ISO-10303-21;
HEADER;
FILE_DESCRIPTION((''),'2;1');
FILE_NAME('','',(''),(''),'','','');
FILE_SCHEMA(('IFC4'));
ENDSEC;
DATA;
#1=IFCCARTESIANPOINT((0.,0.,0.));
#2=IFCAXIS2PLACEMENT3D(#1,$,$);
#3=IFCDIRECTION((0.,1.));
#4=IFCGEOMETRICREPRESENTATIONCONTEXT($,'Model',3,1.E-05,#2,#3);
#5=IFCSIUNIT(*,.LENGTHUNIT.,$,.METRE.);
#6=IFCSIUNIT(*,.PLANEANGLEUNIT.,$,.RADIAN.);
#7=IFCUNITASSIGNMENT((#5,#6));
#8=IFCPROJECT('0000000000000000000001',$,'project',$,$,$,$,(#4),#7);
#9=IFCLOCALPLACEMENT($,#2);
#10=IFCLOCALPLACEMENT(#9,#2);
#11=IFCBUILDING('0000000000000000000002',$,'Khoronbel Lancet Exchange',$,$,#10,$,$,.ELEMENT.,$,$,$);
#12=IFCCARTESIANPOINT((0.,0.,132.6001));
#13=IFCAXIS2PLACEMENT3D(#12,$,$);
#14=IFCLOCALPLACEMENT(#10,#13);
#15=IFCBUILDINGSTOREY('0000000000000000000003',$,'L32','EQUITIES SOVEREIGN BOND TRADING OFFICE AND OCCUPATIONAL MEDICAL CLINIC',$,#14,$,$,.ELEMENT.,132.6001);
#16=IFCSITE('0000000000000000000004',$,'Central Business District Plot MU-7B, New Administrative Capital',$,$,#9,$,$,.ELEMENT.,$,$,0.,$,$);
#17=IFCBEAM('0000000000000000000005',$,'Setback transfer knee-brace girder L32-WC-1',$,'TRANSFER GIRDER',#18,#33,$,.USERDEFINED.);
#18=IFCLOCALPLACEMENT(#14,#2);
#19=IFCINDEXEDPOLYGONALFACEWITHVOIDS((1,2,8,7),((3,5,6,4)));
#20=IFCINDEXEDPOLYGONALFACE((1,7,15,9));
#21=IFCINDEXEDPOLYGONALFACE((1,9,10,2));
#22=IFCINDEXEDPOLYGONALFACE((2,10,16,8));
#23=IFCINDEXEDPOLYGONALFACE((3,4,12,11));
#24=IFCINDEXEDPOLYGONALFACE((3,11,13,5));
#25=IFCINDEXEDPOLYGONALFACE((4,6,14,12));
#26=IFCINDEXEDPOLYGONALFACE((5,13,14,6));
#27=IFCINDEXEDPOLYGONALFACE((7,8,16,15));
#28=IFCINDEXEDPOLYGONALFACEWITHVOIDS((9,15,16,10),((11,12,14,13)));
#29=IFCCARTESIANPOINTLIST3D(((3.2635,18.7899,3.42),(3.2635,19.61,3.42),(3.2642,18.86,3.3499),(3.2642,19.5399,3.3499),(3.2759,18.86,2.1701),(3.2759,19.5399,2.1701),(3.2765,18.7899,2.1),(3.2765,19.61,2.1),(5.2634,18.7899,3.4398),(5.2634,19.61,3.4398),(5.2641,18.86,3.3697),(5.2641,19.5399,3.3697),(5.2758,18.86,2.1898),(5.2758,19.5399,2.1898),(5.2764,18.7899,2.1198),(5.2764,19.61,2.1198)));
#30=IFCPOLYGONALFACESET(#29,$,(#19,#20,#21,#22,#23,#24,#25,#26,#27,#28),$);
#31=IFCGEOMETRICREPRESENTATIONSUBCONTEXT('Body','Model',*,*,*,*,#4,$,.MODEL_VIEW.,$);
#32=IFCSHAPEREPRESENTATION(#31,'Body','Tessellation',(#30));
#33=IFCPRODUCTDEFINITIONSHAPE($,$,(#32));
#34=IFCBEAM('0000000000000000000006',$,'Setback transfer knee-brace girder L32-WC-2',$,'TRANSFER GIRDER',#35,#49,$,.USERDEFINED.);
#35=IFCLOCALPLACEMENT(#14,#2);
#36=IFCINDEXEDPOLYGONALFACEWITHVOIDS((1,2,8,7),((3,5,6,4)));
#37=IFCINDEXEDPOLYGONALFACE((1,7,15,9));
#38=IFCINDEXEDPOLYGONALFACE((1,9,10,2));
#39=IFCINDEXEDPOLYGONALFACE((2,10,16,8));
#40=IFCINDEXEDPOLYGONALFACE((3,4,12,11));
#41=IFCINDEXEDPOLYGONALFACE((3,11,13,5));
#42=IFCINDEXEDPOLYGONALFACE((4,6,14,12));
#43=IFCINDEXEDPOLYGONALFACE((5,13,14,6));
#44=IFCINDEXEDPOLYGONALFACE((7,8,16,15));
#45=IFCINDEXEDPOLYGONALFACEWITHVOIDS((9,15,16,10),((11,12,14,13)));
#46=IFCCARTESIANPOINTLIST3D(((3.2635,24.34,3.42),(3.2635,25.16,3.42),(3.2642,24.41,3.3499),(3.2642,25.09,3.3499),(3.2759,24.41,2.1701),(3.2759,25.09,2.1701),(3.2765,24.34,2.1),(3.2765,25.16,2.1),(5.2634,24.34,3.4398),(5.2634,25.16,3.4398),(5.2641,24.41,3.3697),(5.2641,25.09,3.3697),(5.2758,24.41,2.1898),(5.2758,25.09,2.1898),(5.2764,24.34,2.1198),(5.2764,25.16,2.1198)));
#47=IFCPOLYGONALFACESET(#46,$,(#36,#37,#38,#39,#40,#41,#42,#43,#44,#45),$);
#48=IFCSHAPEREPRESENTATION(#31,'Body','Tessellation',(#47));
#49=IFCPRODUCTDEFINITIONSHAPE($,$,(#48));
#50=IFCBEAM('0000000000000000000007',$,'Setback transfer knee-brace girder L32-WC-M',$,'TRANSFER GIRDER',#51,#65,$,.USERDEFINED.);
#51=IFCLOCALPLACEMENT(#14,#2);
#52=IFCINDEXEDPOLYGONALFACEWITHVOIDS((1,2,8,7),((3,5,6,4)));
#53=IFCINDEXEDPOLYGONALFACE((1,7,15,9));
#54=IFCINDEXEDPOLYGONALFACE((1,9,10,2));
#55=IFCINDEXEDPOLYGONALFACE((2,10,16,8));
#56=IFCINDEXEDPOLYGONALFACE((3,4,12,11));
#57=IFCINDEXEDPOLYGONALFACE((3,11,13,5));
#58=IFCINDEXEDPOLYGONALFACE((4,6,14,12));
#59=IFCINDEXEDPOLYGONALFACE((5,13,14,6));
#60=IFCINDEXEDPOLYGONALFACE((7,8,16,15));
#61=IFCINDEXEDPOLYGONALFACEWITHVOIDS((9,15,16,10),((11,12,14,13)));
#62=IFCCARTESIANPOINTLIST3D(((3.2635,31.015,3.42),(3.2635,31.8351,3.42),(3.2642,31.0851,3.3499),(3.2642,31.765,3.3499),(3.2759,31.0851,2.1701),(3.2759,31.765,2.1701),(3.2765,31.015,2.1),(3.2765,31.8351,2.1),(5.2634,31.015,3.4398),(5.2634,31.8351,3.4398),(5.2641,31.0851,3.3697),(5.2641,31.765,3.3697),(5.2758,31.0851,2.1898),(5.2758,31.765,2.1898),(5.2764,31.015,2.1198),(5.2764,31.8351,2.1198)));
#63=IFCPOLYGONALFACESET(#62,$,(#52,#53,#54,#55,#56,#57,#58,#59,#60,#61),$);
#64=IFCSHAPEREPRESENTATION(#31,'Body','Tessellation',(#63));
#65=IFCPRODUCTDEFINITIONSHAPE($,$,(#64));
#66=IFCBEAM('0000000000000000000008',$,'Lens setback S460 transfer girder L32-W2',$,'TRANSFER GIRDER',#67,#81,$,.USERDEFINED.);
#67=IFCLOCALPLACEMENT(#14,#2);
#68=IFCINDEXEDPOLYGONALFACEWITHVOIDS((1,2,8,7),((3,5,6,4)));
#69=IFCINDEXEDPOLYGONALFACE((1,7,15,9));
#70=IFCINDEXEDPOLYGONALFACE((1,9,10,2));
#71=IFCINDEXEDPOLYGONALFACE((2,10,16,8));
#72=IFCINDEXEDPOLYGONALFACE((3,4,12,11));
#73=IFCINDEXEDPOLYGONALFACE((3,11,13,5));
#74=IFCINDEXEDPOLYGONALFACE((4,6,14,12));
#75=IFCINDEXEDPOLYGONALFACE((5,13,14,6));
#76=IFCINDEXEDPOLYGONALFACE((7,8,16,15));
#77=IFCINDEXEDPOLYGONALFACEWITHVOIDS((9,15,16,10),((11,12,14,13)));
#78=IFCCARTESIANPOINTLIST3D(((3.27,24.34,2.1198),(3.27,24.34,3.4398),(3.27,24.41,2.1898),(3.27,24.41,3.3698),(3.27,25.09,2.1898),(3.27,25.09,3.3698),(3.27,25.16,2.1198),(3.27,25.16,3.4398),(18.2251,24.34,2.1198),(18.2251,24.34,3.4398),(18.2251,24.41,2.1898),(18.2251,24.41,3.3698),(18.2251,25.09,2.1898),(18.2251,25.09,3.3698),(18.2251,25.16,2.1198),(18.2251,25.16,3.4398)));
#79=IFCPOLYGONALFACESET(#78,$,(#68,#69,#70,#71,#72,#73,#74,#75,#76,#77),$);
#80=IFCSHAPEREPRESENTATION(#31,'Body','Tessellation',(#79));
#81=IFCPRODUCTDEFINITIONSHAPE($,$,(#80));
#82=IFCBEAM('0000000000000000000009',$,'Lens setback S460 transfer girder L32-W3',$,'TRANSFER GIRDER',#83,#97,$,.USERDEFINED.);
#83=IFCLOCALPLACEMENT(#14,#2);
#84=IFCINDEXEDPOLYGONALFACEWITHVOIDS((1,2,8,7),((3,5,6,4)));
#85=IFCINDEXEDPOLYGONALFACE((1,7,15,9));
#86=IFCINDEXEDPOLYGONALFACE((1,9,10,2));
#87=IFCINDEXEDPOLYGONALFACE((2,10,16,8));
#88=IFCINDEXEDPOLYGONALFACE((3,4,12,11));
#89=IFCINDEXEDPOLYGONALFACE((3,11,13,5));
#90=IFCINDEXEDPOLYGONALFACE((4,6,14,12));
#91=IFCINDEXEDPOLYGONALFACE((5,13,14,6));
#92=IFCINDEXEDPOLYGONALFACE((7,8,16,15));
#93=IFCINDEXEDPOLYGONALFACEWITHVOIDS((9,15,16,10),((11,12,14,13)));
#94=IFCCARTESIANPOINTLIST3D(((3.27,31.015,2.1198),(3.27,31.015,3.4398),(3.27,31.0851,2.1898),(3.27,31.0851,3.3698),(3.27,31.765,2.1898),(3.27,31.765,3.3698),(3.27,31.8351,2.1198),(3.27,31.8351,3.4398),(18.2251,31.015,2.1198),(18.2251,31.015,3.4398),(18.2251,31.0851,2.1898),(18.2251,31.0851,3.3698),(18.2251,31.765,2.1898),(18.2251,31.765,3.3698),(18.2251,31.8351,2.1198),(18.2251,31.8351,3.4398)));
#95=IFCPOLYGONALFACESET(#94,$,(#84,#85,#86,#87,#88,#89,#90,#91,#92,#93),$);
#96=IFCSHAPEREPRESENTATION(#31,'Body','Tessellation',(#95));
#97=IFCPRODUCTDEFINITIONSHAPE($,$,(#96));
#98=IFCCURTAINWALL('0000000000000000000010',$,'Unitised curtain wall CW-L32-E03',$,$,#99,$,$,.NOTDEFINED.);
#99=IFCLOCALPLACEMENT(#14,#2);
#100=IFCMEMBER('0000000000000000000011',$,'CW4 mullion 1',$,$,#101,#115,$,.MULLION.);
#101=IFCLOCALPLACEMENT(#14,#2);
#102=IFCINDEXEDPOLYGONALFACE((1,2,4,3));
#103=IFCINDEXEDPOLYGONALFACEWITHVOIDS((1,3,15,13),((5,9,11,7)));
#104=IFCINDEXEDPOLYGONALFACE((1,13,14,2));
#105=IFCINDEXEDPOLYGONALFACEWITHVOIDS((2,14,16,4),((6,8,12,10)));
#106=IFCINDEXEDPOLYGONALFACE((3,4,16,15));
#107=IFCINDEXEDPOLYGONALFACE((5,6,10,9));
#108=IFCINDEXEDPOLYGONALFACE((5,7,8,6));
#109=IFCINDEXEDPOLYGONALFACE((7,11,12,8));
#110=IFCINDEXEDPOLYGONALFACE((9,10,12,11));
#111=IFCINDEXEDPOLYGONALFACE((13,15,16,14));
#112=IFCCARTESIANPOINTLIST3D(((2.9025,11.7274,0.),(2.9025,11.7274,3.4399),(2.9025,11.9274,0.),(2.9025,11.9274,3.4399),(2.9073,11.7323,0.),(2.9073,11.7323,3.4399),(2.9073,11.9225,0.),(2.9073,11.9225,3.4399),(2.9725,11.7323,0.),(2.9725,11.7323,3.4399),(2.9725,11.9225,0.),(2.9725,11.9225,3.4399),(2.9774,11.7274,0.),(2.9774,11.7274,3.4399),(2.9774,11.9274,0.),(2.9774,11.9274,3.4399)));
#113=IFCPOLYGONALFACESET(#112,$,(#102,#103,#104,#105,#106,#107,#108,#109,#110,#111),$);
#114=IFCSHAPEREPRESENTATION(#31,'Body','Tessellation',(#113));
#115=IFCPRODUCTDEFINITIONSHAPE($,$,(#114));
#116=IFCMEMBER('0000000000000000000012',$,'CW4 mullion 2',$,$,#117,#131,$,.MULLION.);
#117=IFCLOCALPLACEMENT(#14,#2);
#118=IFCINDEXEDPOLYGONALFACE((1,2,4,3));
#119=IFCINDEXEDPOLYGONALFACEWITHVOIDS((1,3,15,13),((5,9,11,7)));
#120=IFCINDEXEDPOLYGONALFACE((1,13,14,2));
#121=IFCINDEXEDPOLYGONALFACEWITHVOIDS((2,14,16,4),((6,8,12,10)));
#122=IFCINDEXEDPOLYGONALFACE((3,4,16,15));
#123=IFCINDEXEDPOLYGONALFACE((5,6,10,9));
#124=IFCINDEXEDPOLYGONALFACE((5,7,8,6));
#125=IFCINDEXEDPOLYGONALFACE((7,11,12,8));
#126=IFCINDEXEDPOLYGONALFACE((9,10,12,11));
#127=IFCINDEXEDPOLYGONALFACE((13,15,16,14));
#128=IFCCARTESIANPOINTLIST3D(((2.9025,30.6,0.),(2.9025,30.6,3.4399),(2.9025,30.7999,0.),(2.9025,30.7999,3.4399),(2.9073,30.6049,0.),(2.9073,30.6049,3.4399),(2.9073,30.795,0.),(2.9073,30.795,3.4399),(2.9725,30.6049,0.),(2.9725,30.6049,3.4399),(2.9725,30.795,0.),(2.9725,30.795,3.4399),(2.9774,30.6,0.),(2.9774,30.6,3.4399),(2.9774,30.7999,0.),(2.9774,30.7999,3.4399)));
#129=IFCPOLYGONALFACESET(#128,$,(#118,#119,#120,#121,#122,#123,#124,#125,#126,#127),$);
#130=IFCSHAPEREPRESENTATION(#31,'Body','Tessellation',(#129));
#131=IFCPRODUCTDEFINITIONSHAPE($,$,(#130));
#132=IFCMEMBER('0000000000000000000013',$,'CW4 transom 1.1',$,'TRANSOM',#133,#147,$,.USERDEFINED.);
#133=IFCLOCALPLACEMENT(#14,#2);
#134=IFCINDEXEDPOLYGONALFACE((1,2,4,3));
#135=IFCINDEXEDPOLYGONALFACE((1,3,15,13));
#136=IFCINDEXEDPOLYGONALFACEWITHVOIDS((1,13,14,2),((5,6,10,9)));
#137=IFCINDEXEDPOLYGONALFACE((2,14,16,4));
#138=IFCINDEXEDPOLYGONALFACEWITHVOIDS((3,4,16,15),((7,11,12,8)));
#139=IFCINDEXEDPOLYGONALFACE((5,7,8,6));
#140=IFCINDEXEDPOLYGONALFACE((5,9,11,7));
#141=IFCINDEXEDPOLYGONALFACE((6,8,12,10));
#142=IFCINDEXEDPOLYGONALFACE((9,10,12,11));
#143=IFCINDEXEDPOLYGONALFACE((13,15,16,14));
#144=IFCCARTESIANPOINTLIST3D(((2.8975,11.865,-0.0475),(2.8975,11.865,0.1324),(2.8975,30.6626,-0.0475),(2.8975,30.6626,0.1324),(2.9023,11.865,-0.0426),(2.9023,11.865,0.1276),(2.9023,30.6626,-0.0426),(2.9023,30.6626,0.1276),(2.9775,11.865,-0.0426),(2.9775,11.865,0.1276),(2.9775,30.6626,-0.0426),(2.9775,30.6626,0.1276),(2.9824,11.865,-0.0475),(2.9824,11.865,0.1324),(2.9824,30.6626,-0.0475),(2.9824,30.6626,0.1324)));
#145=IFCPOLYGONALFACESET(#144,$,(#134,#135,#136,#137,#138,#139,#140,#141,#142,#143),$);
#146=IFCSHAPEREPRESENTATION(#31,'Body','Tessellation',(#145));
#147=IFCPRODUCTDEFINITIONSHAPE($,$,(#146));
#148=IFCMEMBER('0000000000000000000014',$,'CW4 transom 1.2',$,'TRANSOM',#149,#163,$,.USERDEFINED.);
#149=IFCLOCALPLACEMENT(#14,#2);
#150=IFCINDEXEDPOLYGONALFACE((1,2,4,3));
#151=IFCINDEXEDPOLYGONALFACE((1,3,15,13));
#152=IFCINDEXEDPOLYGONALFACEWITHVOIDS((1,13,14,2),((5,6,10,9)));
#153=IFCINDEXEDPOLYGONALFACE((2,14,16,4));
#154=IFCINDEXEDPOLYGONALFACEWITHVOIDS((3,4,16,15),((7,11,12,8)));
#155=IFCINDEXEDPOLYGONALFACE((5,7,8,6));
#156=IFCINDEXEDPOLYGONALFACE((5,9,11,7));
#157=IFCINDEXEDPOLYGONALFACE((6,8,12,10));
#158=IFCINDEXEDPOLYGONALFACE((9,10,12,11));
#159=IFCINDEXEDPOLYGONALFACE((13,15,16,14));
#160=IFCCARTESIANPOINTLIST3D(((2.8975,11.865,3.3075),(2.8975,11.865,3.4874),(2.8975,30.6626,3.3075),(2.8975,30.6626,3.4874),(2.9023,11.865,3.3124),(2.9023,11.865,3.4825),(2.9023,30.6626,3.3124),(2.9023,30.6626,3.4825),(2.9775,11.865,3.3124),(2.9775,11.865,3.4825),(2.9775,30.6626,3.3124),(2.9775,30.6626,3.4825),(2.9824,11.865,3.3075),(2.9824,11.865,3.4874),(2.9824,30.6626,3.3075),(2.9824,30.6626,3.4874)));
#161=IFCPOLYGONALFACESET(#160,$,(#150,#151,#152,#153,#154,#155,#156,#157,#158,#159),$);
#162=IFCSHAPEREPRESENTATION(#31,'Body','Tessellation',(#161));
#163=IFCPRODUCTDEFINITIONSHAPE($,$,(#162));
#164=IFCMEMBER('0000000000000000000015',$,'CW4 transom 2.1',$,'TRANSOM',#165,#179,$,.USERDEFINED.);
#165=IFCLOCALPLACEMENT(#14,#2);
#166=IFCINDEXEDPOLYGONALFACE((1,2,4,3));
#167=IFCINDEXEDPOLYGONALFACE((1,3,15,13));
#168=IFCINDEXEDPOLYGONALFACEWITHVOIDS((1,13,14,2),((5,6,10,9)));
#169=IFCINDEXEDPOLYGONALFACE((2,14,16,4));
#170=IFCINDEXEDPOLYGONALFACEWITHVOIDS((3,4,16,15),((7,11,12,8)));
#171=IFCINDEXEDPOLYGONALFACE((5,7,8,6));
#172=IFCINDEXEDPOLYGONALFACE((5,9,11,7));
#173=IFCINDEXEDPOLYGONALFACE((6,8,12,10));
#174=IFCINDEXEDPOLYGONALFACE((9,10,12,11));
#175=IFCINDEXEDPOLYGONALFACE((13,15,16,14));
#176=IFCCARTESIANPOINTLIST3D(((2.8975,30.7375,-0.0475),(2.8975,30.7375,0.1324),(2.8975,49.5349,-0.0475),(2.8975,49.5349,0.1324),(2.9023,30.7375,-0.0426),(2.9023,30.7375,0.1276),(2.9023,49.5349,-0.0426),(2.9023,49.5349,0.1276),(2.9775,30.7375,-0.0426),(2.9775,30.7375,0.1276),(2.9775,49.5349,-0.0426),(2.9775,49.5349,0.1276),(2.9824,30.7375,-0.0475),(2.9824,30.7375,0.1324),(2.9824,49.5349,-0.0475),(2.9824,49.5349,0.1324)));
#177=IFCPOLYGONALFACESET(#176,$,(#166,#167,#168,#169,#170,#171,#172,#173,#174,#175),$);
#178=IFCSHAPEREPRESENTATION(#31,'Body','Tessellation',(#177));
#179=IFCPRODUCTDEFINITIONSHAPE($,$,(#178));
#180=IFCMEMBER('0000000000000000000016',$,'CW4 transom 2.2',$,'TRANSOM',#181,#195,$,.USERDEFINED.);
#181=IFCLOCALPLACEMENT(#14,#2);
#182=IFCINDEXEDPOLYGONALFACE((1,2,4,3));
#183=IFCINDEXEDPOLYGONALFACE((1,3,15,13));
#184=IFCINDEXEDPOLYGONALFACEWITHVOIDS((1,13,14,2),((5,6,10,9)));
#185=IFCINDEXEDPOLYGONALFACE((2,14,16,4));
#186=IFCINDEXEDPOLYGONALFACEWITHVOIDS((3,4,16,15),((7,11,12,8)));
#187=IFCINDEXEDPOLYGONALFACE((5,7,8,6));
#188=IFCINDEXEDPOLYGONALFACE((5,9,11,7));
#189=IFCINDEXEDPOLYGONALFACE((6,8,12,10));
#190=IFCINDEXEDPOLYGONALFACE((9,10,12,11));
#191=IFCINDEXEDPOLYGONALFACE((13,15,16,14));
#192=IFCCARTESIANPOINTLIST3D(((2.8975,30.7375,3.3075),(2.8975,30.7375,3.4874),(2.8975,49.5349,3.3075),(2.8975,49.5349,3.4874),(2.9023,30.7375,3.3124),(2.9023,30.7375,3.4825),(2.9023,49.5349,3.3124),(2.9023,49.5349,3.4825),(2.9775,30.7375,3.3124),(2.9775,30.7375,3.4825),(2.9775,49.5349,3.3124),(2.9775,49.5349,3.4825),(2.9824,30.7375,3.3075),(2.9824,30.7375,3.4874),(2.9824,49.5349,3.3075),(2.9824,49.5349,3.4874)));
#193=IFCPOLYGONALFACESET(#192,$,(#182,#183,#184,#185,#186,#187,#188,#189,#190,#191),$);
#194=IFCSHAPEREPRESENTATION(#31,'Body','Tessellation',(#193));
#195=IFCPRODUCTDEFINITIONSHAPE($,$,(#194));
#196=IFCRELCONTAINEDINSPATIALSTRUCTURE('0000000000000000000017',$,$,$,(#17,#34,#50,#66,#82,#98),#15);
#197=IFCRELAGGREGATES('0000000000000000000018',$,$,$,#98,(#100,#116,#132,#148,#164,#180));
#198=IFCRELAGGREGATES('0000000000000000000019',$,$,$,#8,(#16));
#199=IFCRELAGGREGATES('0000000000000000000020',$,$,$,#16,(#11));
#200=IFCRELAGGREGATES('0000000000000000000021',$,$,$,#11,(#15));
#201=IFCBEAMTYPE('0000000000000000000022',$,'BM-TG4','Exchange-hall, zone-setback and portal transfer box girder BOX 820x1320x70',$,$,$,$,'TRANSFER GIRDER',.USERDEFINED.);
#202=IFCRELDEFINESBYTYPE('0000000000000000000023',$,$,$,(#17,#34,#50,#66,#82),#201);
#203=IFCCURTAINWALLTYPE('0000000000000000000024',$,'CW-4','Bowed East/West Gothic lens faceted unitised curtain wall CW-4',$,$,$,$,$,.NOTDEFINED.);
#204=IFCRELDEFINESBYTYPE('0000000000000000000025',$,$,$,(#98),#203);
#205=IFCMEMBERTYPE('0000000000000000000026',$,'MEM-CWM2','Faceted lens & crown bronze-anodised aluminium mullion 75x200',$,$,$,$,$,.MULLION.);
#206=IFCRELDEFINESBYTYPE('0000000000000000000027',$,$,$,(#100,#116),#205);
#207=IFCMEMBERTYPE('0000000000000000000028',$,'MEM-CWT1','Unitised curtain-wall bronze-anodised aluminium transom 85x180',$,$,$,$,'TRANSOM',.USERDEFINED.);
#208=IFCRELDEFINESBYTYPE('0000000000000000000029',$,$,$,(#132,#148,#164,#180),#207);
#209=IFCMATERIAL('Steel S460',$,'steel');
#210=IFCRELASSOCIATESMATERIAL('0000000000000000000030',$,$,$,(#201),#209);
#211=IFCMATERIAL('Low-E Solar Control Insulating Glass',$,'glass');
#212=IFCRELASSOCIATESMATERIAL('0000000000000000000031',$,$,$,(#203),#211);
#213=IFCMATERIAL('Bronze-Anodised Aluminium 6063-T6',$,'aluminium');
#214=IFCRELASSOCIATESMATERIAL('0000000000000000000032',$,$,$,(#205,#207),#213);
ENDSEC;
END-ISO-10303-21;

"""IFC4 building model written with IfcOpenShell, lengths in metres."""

from ifc_helpers import new_model, si_unit, direction, frame, origin, origin_2d, place, context, subcontext, project, spatial, hollow_rectangle, extrude, material, material_profile, profile_set, type_object, element, aggregate, save


model = new_model("IFC4")

# Units and contexts
model_context = context("Model", 3, precision=1e-05, world=origin(), true_north=direction((0.0, 1.0)))
body_context = subcontext(model_context, "Body", "Model", "MODEL_VIEW")
ifc_project = project(units=[si_unit("LENGTHUNIT", "METRE"), si_unit("PLANEANGLEUNIT", "RADIAN")], contexts=[model_context])

# Site, building, storey
site_placement = place(None, origin())
site = spatial("IfcSite", under=ifc_project, at=site_placement, Name="Central Business District Plot MU-7B, New Administrative Capital", CompositionType="ELEMENT", RefElevation=0.0)
building_placement = place(site_placement, origin())
building = spatial("IfcBuilding", under=site, at=building_placement, Name="Khoronbel Lancet Exchange", CompositionType="ELEMENT")
storey_placement = place(building_placement, frame((0.0, 0.0, 132.6001)))
storey = spatial("IfcBuildingStorey", under=building, at=storey_placement, Name="L32", Description="EQUITIES SOVEREIGN BOND TRADING OFFICE AND OCCUPATIONAL MEDICAL CLINIC", CompositionType="ELEMENT", Elevation=132.6001)

# Beams
ifc_material_1 = material(Name="Steel S460", Category="steel")
ifc_material_profile_1 = material_profile(ifc_material_1, hollow_rectangle(XDim=0.8201, YDim=1.3201, WallThickness=0.0701, at=origin_2d()), Name="BOX 820x1320x70")
ifc_profile_set_1 = profile_set([ifc_material_profile_1], Name="Steel S460")
beam_type_1 = type_object("IfcBeamType", Name="BM-TG4", Description="Exchange-hall, zone-setback and portal transfer box girder BOX 820x1320x70", ElementType="TRANSFER GIRDER", PredefinedType="USERDEFINED", material=ifc_profile_set_1)
for number, where, z_axis, x_axis, name in (
    (1, (3.27, 19.2, 2.76), (0.999951, 0.0, 0.009887), (0.0, 1.0, 0.0), "Setback transfer knee-brace girder L32-WC-1"),
    (2, (3.27, 24.75, 2.76), (0.999951, 0.0, 0.009887), (0.0, 1.0, 0.0), "Setback transfer knee-brace girder L32-WC-2"),
    (3, (3.27, 31.425, 2.76), (0.999951, 0.0, 0.009887), (0.0, 1.0, 0.0), "Setback transfer knee-brace girder L32-WC-M"),
):
    element("IfcBeam", number, at=place(storey_placement, frame(where, z_axis=z_axis, x_axis=x_axis)), inside=storey, type_object=beam_type_1, Name=name, ObjectType="TRANSFER GIRDER", PredefinedType="USERDEFINED", context=body_context, shape_type="SweptSolid", body=[
        extrude(hollow_rectangle(XDim=0.8201, YDim=1.3201, WallThickness=0.0701, at=origin_2d()), origin(), (0.0, 0.0, 1.0), 2.0),
    ])
for number, where, z_axis, x_axis, name in (
    (4, (3.27, 24.75, 2.7798), (1.0, 0.0, 0.0), (0.0, 1.0, 0.0), "Lens setback S460 transfer girder L32-W2"),
    (5, (3.27, 31.425, 2.7798), (1.0, 0.0, 0.0), (0.0, 1.0, 0.0), "Lens setback S460 transfer girder L32-W3"),
):
    element("IfcBeam", number, at=place(storey_placement, frame(where, z_axis=z_axis, x_axis=x_axis)), inside=storey, type_object=beam_type_1, Name=name, ObjectType="TRANSFER GIRDER", PredefinedType="USERDEFINED", context=body_context, shape_type="SweptSolid", body=[
        extrude(hollow_rectangle(XDim=0.8201, YDim=1.3201, WallThickness=0.0701, at=origin_2d()), origin(), (0.0, 0.0, 1.0), 14.9551),
    ])

# Curtain wall, members
ifc_material_2 = material(Name="Low-E Solar Control Insulating Glass", Category="glass")
curtain_wall_type = type_object("IfcCurtainWallType", Name="CW-4", Description="Bowed East/West Gothic lens faceted unitised curtain wall CW-4", PredefinedType="NOTDEFINED", material=ifc_material_2)
curtain_wall_placement = place(storey_placement, origin())
curtain_wall = element("IfcCurtainWall", 6, at=curtain_wall_placement, inside=storey, type_object=curtain_wall_type, Name="Unitised curtain wall CW-L32-E03", PredefinedType="NOTDEFINED")
ifc_material_3 = material(Name="Bronze-Anodised Aluminium 6063-T6", Category="aluminium")
ifc_material_profile_2 = material_profile(ifc_material_3, hollow_rectangle(XDim=0.075, YDim=0.2, WallThickness=0.0049, at=origin_2d()), Name="ALU MULLION 75x200")
ifc_profile_set_2 = profile_set([ifc_material_profile_2], Name="Bronze-Anodised Aluminium 6063-T6")
member_type_1 = type_object("IfcMemberType", Name="MEM-CWM2", Description="Faceted lens & crown bronze-anodised aluminium mullion 75x200", PredefinedType="MULLION", material=ifc_profile_set_2)
member_1_placement = place(storey_placement, frame((2.9399, 11.8274, 0.0), z_axis=(0.0, 0.0, 1.0), x_axis=(-1.0, 0.0, 0.0)))
member_1 = element("IfcMember", 7, at=member_1_placement, type_object=member_type_1, Name="CW4 mullion 1", PredefinedType="MULLION", context=body_context, shape_type="SweptSolid", body=[
    extrude(hollow_rectangle(XDim=0.075, YDim=0.2, WallThickness=0.0049, at=origin_2d()), origin(), (0.0, 0.0, 1.0), 3.4399),
])
member_2_placement = place(storey_placement, frame((2.9399, 30.7, 0.0), z_axis=(0.0, 0.0, 1.0), x_axis=(-1.0, 0.0, 0.0)))
member_2 = element("IfcMember", 8, at=member_2_placement, type_object=member_type_1, Name="CW4 mullion 2", PredefinedType="MULLION", context=body_context, shape_type="SweptSolid", body=[
    extrude(hollow_rectangle(XDim=0.075, YDim=0.2, WallThickness=0.0049, at=origin_2d()), origin(), (0.0, 0.0, 1.0), 3.4399),
])
ifc_material_profile_3 = material_profile(ifc_material_3, hollow_rectangle(XDim=0.085, YDim=0.1799, WallThickness=0.0049, at=origin_2d()), Name="ALU TRANSOM 85x180")
ifc_profile_set_3 = profile_set([ifc_material_profile_3], Name="Bronze-Anodised Aluminium 6063-T6")
member_type_2 = type_object("IfcMemberType", Name="MEM-CWT1", Description="Unitised curtain-wall bronze-anodised aluminium transom 85x180", ElementType="TRANSOM", PredefinedType="USERDEFINED", material=ifc_profile_set_3)
member_3_placement = place(storey_placement, frame((2.9399, 11.865, 0.0425), z_axis=(0.0, 1.0, 0.0), x_axis=(-1.0, 0.0, 0.0)))
member_3 = element("IfcMember", 9, at=member_3_placement, type_object=member_type_2, Name="CW4 transom 1.1", ObjectType="TRANSOM", PredefinedType="USERDEFINED", context=body_context, shape_type="SweptSolid", body=[
    extrude(hollow_rectangle(XDim=0.085, YDim=0.1799, WallThickness=0.0049, at=origin_2d()), origin(), (0.0, 0.0, 1.0), 18.7976),
])
member_4_placement = place(storey_placement, frame((2.9399, 11.865, 3.3975), z_axis=(0.0, 1.0, 0.0), x_axis=(-1.0, 0.0, 0.0)))
member_4 = element("IfcMember", 10, at=member_4_placement, type_object=member_type_2, Name="CW4 transom 1.2", ObjectType="TRANSOM", PredefinedType="USERDEFINED", context=body_context, shape_type="SweptSolid", body=[
    extrude(hollow_rectangle(XDim=0.085, YDim=0.1799, WallThickness=0.0049, at=origin_2d()), origin(), (0.0, 0.0, 1.0), 18.7976),
])
member_5_placement = place(storey_placement, frame((2.9399, 30.7375, 0.0425), z_axis=(0.0, 1.0, 0.0), x_axis=(-1.0, 0.0, 0.0)))
member_5 = element("IfcMember", 11, at=member_5_placement, type_object=member_type_2, Name="CW4 transom 2.1", ObjectType="TRANSOM", PredefinedType="USERDEFINED", context=body_context, shape_type="SweptSolid", body=[
    extrude(hollow_rectangle(XDim=0.085, YDim=0.1799, WallThickness=0.0049, at=origin_2d()), origin(), (0.0, 0.0, 1.0), 18.7974),
])
member_6_placement = place(storey_placement, frame((2.9399, 30.7375, 3.3975), z_axis=(0.0, 1.0, 0.0), x_axis=(-1.0, 0.0, 0.0)))
member_6 = element("IfcMember", 12, at=member_6_placement, type_object=member_type_2, Name="CW4 transom 2.2", ObjectType="TRANSOM", PredefinedType="USERDEFINED", context=body_context, shape_type="SweptSolid", body=[
    extrude(hollow_rectangle(XDim=0.085, YDim=0.1799, WallThickness=0.0049, at=origin_2d()), origin(), (0.0, 0.0, 1.0), 18.7974),
])
aggregate(curtain_wall, [member_1, member_2, member_3, member_4, member_5, member_6])

save(model, "model.ifc")
